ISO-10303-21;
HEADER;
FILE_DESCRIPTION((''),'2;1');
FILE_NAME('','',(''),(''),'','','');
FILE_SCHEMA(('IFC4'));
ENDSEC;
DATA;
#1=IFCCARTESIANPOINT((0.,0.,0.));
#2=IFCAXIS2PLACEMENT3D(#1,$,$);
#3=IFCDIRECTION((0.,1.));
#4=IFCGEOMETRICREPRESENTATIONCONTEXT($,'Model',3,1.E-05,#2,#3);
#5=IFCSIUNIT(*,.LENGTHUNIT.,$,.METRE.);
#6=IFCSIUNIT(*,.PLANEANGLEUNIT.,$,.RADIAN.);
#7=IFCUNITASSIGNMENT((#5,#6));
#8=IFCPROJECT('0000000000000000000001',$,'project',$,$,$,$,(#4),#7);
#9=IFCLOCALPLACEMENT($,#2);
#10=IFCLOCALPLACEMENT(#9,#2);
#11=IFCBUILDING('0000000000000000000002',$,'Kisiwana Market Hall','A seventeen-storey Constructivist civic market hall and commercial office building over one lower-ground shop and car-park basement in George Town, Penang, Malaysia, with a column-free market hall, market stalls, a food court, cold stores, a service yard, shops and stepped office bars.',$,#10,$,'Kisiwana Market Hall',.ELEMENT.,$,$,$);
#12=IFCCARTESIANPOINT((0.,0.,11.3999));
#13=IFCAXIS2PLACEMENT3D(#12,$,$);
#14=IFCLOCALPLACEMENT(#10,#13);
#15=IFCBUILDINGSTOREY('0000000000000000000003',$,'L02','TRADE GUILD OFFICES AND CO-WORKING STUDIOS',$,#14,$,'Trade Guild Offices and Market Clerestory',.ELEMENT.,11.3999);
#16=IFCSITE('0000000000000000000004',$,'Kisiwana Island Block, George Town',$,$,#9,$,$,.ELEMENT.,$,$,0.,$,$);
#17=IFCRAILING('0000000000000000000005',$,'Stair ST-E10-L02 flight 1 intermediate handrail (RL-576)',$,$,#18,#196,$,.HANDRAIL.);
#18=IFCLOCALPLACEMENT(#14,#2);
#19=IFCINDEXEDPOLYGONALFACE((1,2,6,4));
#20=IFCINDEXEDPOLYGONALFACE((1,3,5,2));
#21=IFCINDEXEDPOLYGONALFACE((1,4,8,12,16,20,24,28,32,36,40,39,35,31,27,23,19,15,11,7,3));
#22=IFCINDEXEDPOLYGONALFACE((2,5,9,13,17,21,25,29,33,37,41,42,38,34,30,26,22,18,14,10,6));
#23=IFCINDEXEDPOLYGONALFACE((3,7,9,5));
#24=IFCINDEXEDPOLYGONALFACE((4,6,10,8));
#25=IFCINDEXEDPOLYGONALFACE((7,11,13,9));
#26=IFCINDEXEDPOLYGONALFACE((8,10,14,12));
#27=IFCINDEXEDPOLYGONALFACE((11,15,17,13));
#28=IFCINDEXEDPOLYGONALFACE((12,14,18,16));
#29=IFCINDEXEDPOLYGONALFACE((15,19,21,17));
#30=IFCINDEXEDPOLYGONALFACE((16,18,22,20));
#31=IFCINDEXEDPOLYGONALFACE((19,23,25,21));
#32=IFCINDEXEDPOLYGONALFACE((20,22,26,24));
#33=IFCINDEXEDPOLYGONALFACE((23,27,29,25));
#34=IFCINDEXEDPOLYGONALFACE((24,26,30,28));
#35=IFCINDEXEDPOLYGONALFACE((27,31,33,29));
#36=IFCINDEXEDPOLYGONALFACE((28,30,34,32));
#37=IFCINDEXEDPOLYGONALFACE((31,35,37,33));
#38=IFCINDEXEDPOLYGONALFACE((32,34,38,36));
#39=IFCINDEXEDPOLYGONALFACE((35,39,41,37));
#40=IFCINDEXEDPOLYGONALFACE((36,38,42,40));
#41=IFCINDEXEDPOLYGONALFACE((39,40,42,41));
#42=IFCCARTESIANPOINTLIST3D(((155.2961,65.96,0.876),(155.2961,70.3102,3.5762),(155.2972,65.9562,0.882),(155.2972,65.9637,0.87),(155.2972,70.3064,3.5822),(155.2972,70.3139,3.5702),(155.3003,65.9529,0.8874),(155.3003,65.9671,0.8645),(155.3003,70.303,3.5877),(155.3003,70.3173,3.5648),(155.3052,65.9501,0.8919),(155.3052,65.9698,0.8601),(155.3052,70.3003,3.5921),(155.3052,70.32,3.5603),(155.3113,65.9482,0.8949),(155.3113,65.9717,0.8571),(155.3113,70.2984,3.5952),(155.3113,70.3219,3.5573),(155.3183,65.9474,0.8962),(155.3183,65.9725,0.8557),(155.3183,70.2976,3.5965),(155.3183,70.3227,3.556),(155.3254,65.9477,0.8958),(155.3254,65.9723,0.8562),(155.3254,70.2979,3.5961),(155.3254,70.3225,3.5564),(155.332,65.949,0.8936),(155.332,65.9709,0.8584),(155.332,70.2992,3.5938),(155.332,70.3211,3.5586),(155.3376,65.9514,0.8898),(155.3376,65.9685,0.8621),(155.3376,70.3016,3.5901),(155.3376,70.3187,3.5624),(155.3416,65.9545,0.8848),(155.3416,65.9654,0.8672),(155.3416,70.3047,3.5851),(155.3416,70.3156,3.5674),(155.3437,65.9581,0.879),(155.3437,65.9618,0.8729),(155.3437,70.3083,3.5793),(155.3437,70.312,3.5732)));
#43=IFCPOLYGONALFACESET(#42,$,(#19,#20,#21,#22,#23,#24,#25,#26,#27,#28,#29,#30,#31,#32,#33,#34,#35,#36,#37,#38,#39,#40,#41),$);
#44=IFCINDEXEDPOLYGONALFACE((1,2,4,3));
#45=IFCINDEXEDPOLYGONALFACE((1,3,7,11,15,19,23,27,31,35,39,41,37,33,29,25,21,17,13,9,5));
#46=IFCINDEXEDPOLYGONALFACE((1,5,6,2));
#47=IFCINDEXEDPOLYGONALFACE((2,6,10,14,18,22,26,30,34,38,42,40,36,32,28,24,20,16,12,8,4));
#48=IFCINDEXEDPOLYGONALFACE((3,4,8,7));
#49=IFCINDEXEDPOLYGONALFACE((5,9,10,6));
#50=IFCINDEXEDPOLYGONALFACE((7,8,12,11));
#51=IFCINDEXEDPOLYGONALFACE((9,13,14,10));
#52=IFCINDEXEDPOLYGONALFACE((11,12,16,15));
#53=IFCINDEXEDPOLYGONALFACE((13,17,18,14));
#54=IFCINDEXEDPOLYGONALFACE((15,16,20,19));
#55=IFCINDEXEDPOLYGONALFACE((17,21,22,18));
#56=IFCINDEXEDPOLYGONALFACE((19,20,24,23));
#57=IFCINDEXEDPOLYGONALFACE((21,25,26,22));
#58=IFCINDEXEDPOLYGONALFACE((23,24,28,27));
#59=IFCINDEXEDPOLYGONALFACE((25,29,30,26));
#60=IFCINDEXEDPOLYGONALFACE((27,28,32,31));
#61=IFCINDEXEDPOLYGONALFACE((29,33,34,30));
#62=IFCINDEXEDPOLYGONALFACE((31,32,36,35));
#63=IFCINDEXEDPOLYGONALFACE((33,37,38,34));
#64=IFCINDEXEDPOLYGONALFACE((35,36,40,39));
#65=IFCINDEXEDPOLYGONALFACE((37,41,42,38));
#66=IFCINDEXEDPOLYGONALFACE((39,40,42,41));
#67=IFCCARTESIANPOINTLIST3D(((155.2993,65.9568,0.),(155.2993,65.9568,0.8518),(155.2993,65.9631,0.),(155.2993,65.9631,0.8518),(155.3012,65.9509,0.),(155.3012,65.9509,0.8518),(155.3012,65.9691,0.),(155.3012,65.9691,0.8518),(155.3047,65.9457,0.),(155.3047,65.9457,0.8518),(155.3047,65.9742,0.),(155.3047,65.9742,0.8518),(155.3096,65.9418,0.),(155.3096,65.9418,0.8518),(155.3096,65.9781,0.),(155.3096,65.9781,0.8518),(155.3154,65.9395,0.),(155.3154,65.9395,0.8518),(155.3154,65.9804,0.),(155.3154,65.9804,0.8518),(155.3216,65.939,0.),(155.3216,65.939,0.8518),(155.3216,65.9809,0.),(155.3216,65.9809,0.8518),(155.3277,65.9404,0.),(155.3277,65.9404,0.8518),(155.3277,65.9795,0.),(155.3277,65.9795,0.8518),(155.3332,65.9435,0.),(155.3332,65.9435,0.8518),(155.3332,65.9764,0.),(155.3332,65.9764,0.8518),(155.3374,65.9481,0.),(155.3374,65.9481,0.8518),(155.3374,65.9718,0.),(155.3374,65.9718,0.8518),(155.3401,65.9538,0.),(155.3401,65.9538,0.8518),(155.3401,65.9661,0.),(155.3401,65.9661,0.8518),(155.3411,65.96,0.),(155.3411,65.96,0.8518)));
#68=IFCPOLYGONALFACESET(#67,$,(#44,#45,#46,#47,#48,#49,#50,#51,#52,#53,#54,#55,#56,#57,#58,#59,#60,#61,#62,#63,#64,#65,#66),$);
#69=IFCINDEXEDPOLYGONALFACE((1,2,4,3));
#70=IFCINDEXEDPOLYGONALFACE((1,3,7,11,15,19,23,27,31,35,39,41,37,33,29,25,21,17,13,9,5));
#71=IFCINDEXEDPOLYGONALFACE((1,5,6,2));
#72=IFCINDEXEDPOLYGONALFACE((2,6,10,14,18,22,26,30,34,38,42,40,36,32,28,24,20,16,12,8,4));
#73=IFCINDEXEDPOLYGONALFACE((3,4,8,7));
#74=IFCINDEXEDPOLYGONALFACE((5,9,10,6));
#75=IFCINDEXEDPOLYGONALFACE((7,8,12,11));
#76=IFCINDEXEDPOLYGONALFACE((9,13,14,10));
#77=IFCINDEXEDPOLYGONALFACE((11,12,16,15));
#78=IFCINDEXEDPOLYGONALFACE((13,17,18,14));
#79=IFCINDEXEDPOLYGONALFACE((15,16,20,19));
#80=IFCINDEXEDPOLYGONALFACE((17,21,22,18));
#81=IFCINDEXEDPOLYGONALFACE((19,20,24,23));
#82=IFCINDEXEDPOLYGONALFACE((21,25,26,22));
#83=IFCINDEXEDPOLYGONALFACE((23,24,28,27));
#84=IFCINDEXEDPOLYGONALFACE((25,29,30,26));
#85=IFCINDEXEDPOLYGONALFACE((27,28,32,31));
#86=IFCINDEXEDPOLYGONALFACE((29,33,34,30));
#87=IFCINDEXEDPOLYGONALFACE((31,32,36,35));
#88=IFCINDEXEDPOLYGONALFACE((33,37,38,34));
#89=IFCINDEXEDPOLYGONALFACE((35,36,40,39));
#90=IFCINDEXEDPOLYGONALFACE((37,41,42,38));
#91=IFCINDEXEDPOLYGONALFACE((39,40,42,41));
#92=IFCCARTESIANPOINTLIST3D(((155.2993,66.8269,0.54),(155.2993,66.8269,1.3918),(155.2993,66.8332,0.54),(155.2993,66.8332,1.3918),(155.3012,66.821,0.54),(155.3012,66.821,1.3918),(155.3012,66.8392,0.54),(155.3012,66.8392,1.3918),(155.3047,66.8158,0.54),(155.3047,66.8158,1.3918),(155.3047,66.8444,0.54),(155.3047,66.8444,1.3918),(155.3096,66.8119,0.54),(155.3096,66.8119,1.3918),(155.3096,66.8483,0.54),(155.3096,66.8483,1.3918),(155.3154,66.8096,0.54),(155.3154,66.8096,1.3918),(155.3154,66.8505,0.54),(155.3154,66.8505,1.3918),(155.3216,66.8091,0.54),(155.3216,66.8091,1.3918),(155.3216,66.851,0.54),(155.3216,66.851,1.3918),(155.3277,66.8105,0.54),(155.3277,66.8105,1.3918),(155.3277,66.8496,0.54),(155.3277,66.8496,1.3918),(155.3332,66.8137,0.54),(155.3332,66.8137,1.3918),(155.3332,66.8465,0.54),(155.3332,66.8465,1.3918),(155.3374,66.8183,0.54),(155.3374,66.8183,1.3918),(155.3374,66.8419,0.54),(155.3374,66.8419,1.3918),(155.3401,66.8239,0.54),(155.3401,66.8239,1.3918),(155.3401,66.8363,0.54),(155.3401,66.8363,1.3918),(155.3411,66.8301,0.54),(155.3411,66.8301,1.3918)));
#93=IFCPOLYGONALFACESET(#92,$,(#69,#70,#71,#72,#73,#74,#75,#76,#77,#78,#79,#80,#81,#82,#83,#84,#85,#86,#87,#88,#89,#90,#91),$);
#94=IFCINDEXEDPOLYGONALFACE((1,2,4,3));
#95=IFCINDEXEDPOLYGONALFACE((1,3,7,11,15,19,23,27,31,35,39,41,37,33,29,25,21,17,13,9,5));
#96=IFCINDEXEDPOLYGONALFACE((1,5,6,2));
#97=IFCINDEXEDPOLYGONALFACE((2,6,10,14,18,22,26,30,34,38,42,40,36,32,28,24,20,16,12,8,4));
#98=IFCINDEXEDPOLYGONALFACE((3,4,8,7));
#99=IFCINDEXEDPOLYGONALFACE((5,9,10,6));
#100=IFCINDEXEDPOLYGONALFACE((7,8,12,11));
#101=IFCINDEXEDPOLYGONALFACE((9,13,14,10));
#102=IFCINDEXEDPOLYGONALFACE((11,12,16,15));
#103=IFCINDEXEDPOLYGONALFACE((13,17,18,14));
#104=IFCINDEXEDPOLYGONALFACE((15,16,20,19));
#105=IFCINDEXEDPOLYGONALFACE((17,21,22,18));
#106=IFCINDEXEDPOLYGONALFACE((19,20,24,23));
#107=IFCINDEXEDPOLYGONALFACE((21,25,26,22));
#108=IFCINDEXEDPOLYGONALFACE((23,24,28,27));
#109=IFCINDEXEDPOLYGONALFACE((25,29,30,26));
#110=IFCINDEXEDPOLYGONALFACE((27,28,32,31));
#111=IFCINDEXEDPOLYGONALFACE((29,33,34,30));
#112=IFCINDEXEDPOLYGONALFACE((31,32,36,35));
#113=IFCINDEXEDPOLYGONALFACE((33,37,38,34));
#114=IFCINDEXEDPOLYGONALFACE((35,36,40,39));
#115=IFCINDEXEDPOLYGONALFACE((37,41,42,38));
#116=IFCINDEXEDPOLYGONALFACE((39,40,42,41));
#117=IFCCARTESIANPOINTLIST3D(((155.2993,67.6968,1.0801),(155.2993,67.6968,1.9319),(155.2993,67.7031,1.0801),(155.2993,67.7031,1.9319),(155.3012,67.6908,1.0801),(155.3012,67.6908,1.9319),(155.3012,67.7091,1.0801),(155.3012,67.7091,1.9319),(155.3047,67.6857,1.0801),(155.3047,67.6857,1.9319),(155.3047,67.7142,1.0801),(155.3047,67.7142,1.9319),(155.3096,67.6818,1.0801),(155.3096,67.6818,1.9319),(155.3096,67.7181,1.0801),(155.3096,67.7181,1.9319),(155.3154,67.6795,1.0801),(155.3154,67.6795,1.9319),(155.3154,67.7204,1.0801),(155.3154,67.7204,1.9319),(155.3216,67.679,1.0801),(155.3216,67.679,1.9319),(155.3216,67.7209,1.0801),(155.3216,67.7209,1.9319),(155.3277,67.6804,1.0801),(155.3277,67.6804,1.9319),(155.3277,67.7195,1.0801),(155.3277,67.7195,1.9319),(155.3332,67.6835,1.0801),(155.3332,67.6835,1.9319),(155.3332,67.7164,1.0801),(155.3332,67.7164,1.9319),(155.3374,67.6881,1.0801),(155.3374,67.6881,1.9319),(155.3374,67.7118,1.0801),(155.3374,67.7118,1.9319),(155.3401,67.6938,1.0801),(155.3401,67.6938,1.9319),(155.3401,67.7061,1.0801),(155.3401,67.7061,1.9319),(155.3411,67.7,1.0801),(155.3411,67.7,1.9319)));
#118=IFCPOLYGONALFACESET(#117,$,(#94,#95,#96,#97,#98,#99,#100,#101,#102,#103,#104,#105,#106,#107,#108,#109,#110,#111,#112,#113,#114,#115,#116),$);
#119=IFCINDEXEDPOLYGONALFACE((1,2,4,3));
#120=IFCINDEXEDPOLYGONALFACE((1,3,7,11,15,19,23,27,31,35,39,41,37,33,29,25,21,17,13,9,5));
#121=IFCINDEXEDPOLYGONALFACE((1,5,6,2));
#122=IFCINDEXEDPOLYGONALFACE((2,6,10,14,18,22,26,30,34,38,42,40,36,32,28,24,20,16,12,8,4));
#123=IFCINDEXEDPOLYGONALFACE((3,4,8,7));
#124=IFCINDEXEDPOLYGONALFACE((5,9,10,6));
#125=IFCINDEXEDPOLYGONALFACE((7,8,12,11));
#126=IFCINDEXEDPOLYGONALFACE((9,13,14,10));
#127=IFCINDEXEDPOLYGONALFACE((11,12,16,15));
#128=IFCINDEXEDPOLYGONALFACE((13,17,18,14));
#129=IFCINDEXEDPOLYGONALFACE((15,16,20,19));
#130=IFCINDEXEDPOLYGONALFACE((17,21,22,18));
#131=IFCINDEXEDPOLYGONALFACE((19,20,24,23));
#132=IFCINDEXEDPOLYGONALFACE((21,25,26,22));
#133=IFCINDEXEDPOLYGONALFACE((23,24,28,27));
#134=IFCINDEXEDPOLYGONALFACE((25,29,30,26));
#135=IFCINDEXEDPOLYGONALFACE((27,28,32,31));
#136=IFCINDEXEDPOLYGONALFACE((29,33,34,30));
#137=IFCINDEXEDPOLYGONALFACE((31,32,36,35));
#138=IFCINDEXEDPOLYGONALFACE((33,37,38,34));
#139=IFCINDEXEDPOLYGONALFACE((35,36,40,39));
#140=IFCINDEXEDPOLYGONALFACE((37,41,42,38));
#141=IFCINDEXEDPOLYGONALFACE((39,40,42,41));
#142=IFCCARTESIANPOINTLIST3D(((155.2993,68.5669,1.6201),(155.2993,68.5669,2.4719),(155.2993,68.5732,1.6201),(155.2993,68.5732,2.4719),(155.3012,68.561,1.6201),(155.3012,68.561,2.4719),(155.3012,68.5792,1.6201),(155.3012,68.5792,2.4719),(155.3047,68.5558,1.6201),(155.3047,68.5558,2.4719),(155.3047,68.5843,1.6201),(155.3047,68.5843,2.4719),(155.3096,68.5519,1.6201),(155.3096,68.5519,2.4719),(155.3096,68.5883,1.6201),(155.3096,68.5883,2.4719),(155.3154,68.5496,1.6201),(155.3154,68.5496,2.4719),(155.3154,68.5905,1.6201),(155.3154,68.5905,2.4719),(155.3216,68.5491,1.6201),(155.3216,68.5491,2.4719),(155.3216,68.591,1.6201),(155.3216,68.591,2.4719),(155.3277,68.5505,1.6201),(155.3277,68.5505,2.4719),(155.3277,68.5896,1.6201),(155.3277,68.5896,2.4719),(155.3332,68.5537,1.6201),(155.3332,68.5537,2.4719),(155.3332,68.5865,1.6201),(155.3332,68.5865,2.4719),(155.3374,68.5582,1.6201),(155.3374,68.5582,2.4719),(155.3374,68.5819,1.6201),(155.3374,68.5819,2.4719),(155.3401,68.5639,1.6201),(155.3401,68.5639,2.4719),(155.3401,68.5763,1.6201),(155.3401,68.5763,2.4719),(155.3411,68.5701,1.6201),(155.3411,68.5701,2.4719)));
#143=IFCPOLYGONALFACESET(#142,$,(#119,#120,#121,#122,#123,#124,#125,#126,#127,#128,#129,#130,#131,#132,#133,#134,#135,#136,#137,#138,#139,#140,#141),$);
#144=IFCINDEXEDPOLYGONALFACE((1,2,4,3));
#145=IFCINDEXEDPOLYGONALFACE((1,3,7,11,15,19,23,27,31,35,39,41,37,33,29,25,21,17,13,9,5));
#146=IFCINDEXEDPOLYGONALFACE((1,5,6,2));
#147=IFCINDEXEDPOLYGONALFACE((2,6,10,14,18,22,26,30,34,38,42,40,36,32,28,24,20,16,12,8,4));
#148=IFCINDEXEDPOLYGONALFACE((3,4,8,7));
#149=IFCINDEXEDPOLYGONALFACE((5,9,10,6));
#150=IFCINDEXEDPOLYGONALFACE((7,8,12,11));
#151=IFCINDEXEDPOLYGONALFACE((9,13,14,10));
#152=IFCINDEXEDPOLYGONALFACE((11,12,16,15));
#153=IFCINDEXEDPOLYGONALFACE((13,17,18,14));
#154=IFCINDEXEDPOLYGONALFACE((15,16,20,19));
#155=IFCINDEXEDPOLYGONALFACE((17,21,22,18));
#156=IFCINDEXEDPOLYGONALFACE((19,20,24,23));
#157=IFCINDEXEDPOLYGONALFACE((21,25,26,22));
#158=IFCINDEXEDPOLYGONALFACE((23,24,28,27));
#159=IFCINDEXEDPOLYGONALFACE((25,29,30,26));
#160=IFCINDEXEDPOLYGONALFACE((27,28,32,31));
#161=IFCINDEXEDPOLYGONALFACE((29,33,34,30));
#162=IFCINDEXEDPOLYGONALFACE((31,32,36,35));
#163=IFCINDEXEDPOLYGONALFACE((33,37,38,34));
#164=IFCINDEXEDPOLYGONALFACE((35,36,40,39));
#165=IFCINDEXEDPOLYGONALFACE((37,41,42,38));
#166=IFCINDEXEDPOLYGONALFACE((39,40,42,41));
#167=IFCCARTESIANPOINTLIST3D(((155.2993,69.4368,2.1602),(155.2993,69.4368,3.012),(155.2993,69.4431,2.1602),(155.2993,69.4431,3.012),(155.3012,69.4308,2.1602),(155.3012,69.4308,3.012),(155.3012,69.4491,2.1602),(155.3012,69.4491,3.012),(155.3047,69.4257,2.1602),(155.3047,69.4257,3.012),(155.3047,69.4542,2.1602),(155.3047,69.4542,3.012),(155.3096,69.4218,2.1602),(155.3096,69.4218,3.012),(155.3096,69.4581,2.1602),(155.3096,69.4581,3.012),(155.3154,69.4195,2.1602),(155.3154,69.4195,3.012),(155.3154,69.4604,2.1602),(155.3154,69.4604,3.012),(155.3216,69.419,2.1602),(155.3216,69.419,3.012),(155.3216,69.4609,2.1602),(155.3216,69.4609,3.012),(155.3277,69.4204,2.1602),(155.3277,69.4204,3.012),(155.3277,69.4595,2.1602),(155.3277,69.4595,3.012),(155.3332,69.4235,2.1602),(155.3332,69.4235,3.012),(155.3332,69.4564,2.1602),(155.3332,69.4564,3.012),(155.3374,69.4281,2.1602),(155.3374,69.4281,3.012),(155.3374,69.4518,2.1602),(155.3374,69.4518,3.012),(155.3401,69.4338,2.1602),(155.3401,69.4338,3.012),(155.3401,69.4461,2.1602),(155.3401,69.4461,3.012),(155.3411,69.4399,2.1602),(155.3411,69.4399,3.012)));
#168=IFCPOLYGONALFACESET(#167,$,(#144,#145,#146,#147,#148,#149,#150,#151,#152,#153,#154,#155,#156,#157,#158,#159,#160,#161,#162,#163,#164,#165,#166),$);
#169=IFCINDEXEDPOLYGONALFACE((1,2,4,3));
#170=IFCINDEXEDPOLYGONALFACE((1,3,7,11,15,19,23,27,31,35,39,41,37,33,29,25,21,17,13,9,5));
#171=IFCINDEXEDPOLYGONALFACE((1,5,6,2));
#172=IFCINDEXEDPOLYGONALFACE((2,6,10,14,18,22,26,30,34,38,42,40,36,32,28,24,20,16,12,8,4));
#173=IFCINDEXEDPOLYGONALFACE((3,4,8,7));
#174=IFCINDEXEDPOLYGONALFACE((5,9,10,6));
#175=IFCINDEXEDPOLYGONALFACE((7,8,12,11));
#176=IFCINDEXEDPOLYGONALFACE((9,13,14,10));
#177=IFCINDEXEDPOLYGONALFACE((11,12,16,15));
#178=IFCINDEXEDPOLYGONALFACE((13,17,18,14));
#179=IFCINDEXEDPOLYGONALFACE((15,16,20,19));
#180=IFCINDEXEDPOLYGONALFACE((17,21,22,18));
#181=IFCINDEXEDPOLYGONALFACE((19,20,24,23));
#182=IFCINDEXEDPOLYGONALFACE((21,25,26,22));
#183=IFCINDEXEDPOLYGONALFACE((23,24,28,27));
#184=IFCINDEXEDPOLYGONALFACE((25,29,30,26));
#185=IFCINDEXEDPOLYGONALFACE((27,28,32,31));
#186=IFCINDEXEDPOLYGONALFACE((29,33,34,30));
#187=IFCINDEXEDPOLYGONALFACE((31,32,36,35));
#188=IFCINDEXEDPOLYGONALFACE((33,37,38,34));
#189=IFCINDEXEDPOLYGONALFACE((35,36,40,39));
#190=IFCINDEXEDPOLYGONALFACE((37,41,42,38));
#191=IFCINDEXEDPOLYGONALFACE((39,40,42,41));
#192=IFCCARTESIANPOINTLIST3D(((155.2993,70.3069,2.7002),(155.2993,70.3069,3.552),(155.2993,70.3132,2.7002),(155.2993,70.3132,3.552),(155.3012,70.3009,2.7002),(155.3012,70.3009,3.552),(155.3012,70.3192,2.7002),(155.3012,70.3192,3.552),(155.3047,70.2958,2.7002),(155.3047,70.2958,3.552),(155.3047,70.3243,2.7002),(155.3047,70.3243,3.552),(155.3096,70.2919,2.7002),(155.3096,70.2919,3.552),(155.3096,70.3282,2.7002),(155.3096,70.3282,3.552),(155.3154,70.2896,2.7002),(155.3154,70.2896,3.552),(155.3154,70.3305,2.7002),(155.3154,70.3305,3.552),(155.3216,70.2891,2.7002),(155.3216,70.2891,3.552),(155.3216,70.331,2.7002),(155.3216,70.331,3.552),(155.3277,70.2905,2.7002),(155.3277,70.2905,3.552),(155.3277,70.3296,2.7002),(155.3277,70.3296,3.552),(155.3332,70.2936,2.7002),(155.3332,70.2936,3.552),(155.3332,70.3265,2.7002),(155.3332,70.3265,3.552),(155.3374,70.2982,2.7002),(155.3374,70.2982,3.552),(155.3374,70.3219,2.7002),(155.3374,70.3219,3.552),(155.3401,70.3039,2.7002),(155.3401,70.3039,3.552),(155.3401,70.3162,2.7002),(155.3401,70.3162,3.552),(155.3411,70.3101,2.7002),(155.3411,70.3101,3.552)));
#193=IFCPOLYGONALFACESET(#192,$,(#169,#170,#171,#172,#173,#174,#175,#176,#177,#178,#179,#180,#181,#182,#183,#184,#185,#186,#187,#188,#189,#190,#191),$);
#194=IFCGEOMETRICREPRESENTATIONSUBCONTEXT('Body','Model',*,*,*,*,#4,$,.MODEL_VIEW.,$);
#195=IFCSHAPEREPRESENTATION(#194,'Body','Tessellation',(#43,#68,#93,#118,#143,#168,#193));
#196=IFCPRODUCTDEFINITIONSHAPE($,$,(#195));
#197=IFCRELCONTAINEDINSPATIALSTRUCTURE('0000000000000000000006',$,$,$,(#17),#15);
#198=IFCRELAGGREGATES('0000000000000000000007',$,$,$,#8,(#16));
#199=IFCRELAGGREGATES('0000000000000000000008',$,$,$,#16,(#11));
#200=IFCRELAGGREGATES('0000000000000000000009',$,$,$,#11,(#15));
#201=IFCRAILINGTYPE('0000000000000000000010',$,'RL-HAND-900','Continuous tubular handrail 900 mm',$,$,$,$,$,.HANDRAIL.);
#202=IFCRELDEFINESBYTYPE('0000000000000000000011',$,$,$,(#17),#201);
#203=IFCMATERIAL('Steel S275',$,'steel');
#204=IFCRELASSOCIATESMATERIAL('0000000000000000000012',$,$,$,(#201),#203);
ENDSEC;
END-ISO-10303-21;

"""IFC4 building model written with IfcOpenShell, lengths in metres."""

from ifc_helpers import new_model, si_unit, direction, frame, origin, origin_2d, place, context, subcontext, project, spatial, circle, extrude, material, type_object, element, save


model = new_model("IFC4")

# Units and contexts
model_context = context("Model", 3, precision=1e-05, world=origin(), true_north=direction((0.0, 1.0)))
body_context = subcontext(model_context, "Body", "Model", "MODEL_VIEW")
ifc_project = project(units=[si_unit("LENGTHUNIT", "METRE"), si_unit("PLANEANGLEUNIT", "RADIAN")], contexts=[model_context])

# Site, building, storey
site_placement = place(None, origin())
site = spatial("IfcSite", under=ifc_project, at=site_placement, Name="Kisiwana Island Block, George Town", CompositionType="ELEMENT", RefElevation=0.0)
building_placement = place(site_placement, origin())
building = spatial("IfcBuilding", under=site, at=building_placement, Name="Kisiwana Market Hall", Description="A seventeen-storey Constructivist civic market hall and commercial office building over one lower-ground shop and car-park basement in George Town, Penang, Malaysia, with a column-free market hall, market stalls, a food court, cold stores, a service yard, shops and stepped office bars.", LongName="Kisiwana Market Hall", CompositionType="ELEMENT")
storey_placement = place(building_placement, frame((0.0, 0.0, 11.3999)))
storey = spatial("IfcBuildingStorey", under=building, at=storey_placement, Name="L02", Description="TRADE GUILD OFFICES AND CO-WORKING STUDIOS", LongName="Trade Guild Offices and Market Clerestory", CompositionType="ELEMENT", Elevation=11.3999)

# Railing
ifc_material_1 = material(Name="Steel S275", Category="steel")
railing_type_1 = type_object("IfcRailingType", Name="RL-HAND-900", Description="Continuous tubular handrail 900 mm", PredefinedType="HANDRAIL", material=ifc_material_1)
railing_1_placement = place(storey_placement, frame((155.3201, 65.96, 0.0)))
element("IfcRailing", 1, at=railing_1_placement, inside=storey, type_object=railing_type_1, Name="Stair ST-E10-L02 flight 1 intermediate handrail (RL-576)", PredefinedType="HANDRAIL", context=body_context, shape_type="SweptSolid", body=[
    extrude(circle(Radius=0.0239, at=origin_2d()), frame((0.0, 0.0, 0.876), z_axis=(0.0, 0.849628, 0.527382), x_axis=(-1.0, 0.0, 0.0)), (0.0, 0.0, 1.0), 5.1201),
    extrude(circle(Radius=0.021, at=origin_2d()), origin(), (0.0, 0.0, 1.0), 0.8518),
    extrude(circle(Radius=0.021, at=origin_2d()), frame((0.0, 0.8701, 0.54)), (0.0, 0.0, 1.0), 0.8518),
    extrude(circle(Radius=0.021, at=origin_2d()), frame((0.0, 1.74, 1.0801)), (0.0, 0.0, 1.0), 0.8518),
    extrude(circle(Radius=0.021, at=origin_2d()), frame((0.0, 2.6101, 1.6201)), (0.0, 0.0, 1.0), 0.8518),
    extrude(circle(Radius=0.021, at=origin_2d()), frame((0.0, 3.48, 2.1602)), (0.0, 0.0, 1.0), 0.8518),
    extrude(circle(Radius=0.021, at=origin_2d()), frame((0.0, 4.3501, 2.7002)), (0.0, 0.0, 1.0), 0.8518),
])

save(model, "model.ifc")
